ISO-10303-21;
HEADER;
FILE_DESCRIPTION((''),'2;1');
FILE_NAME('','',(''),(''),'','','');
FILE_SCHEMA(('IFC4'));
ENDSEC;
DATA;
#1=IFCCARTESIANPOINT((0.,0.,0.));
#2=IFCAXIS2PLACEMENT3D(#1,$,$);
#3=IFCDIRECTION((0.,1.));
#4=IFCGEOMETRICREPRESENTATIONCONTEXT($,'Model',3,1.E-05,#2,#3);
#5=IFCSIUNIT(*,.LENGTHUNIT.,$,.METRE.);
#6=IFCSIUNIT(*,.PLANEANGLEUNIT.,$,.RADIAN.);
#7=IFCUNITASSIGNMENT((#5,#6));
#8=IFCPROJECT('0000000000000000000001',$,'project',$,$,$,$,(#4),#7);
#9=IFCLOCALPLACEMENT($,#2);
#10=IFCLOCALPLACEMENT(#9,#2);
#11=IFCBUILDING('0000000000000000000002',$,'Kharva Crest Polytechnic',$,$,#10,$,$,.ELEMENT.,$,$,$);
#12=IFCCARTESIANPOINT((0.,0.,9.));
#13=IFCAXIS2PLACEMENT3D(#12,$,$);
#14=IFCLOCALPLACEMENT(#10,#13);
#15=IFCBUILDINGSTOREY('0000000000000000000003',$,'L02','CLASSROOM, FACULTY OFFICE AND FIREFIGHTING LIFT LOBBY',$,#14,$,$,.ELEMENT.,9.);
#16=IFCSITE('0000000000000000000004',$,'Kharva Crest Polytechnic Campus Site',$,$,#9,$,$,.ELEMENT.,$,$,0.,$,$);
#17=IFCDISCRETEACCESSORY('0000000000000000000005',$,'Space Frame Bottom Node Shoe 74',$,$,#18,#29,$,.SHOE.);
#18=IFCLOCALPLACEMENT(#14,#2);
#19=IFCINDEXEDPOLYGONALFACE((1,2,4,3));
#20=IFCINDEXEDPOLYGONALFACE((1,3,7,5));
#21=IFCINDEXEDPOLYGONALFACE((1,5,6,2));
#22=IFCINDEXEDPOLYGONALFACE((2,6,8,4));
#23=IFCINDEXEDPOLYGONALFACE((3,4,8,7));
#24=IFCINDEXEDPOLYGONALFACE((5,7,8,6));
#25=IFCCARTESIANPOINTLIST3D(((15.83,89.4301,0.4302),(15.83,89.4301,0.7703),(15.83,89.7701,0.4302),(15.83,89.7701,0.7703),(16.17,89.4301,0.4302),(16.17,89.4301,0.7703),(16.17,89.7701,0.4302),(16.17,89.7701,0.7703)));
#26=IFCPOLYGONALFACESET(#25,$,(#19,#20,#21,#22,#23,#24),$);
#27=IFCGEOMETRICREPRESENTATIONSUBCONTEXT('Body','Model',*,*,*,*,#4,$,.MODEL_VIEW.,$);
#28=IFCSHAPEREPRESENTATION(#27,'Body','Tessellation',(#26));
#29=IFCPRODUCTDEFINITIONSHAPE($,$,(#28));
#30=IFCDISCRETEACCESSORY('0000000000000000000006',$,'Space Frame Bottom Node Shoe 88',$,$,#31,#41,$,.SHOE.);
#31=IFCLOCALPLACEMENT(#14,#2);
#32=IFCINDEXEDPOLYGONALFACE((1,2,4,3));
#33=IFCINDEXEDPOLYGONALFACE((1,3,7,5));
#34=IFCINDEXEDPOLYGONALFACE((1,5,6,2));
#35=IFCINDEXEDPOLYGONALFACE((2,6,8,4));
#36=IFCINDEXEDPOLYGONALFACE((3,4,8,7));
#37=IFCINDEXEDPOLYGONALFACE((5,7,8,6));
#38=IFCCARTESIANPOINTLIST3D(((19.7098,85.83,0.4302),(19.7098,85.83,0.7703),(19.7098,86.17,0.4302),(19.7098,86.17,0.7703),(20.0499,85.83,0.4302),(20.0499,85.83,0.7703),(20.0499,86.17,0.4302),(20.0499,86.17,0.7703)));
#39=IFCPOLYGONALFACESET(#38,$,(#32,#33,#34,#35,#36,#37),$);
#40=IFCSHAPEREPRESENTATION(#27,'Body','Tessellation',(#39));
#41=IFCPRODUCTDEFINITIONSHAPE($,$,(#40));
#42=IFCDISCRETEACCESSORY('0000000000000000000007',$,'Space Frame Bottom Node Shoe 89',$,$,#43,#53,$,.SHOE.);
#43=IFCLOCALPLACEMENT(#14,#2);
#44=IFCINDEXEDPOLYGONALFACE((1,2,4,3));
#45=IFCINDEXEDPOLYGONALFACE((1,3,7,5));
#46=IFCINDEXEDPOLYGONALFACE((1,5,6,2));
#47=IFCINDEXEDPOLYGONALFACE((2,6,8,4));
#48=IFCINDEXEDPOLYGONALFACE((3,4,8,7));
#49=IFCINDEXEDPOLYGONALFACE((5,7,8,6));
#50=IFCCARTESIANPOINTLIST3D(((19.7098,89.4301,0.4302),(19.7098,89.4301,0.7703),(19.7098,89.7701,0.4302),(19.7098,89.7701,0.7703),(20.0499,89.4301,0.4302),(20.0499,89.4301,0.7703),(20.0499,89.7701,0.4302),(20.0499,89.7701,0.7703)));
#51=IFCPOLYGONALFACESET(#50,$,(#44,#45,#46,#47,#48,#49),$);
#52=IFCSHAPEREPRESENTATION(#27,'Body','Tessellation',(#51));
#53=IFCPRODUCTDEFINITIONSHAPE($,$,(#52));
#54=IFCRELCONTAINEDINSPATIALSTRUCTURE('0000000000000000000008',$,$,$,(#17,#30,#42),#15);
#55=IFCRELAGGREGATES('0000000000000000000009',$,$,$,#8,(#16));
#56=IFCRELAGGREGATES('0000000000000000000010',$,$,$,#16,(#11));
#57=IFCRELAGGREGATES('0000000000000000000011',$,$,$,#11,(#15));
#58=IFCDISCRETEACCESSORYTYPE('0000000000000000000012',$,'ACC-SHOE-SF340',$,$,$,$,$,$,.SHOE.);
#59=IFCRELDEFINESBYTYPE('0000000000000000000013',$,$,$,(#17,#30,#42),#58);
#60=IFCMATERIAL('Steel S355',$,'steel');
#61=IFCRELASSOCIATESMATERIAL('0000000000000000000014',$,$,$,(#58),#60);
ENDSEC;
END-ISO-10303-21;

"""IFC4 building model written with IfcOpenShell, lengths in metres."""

from ifc_helpers import new_model, si_unit, direction, frame, origin, origin_2d, place, context, subcontext, project, spatial, rectangle, extrude, material, type_object, element, save


model = new_model("IFC4")

# Units and contexts
model_context = context("Model", 3, precision=1e-05, world=origin(), true_north=direction((0.0, 1.0)))
body_context = subcontext(model_context, "Body", "Model", "MODEL_VIEW")
ifc_project = project(units=[si_unit("LENGTHUNIT", "METRE"), si_unit("PLANEANGLEUNIT", "RADIAN")], contexts=[model_context])

# Site, building, storey
site_placement = place(None, origin())
site = spatial("IfcSite", under=ifc_project, at=site_placement, Name="Kharva Crest Polytechnic Campus Site", CompositionType="ELEMENT", RefElevation=0.0)
building_placement = place(site_placement, origin())
building = spatial("IfcBuilding", under=site, at=building_placement, Name="Kharva Crest Polytechnic", CompositionType="ELEMENT")
storey_placement = place(building_placement, frame((0.0, 0.0, 9.0)))
storey = spatial("IfcBuildingStorey", under=building, at=storey_placement, Name="L02", Description="CLASSROOM, FACULTY OFFICE AND FIREFIGHTING LIFT LOBBY", CompositionType="ELEMENT", Elevation=9.0)

# Shared definitions
ifc_material_1 = material(Name="Steel S355", Category="steel")

# Discrete accessories
discrete_accessory_type_1 = type_object("IfcDiscreteAccessoryType", Name="ACC-SHOE-SF340", PredefinedType="SHOE", material=ifc_material_1)
for number, where, z_axis, x_axis, name in (
    (1, (16.0, 89.6001, 0.4302), (0.0, 0.0, 1.0), (1.0, 0.0, 0.0), "Space Frame Bottom Node Shoe 74"),
    (2, (19.8799, 86.0, 0.4302), (0.0, 0.0, 1.0), (1.0, 0.0, 0.0), "Space Frame Bottom Node Shoe 88"),
    (3, (19.8799, 89.6001, 0.4302), (0.0, 0.0, 1.0), (1.0, 0.0, 0.0), "Space Frame Bottom Node Shoe 89"),
):
    element("IfcDiscreteAccessory", number, at=place(storey_placement, frame(where, z_axis=z_axis, x_axis=x_axis)), inside=storey, type_object=discrete_accessory_type_1, Name=name, PredefinedType="SHOE", context=body_context, shape_type="SweptSolid", body=[
        extrude(rectangle(XDim=0.3401, YDim=0.3401, at=origin_2d()), origin(), (0.0, 0.0, 1.0), 0.3401),
    ])

save(model, "model.ifc")
